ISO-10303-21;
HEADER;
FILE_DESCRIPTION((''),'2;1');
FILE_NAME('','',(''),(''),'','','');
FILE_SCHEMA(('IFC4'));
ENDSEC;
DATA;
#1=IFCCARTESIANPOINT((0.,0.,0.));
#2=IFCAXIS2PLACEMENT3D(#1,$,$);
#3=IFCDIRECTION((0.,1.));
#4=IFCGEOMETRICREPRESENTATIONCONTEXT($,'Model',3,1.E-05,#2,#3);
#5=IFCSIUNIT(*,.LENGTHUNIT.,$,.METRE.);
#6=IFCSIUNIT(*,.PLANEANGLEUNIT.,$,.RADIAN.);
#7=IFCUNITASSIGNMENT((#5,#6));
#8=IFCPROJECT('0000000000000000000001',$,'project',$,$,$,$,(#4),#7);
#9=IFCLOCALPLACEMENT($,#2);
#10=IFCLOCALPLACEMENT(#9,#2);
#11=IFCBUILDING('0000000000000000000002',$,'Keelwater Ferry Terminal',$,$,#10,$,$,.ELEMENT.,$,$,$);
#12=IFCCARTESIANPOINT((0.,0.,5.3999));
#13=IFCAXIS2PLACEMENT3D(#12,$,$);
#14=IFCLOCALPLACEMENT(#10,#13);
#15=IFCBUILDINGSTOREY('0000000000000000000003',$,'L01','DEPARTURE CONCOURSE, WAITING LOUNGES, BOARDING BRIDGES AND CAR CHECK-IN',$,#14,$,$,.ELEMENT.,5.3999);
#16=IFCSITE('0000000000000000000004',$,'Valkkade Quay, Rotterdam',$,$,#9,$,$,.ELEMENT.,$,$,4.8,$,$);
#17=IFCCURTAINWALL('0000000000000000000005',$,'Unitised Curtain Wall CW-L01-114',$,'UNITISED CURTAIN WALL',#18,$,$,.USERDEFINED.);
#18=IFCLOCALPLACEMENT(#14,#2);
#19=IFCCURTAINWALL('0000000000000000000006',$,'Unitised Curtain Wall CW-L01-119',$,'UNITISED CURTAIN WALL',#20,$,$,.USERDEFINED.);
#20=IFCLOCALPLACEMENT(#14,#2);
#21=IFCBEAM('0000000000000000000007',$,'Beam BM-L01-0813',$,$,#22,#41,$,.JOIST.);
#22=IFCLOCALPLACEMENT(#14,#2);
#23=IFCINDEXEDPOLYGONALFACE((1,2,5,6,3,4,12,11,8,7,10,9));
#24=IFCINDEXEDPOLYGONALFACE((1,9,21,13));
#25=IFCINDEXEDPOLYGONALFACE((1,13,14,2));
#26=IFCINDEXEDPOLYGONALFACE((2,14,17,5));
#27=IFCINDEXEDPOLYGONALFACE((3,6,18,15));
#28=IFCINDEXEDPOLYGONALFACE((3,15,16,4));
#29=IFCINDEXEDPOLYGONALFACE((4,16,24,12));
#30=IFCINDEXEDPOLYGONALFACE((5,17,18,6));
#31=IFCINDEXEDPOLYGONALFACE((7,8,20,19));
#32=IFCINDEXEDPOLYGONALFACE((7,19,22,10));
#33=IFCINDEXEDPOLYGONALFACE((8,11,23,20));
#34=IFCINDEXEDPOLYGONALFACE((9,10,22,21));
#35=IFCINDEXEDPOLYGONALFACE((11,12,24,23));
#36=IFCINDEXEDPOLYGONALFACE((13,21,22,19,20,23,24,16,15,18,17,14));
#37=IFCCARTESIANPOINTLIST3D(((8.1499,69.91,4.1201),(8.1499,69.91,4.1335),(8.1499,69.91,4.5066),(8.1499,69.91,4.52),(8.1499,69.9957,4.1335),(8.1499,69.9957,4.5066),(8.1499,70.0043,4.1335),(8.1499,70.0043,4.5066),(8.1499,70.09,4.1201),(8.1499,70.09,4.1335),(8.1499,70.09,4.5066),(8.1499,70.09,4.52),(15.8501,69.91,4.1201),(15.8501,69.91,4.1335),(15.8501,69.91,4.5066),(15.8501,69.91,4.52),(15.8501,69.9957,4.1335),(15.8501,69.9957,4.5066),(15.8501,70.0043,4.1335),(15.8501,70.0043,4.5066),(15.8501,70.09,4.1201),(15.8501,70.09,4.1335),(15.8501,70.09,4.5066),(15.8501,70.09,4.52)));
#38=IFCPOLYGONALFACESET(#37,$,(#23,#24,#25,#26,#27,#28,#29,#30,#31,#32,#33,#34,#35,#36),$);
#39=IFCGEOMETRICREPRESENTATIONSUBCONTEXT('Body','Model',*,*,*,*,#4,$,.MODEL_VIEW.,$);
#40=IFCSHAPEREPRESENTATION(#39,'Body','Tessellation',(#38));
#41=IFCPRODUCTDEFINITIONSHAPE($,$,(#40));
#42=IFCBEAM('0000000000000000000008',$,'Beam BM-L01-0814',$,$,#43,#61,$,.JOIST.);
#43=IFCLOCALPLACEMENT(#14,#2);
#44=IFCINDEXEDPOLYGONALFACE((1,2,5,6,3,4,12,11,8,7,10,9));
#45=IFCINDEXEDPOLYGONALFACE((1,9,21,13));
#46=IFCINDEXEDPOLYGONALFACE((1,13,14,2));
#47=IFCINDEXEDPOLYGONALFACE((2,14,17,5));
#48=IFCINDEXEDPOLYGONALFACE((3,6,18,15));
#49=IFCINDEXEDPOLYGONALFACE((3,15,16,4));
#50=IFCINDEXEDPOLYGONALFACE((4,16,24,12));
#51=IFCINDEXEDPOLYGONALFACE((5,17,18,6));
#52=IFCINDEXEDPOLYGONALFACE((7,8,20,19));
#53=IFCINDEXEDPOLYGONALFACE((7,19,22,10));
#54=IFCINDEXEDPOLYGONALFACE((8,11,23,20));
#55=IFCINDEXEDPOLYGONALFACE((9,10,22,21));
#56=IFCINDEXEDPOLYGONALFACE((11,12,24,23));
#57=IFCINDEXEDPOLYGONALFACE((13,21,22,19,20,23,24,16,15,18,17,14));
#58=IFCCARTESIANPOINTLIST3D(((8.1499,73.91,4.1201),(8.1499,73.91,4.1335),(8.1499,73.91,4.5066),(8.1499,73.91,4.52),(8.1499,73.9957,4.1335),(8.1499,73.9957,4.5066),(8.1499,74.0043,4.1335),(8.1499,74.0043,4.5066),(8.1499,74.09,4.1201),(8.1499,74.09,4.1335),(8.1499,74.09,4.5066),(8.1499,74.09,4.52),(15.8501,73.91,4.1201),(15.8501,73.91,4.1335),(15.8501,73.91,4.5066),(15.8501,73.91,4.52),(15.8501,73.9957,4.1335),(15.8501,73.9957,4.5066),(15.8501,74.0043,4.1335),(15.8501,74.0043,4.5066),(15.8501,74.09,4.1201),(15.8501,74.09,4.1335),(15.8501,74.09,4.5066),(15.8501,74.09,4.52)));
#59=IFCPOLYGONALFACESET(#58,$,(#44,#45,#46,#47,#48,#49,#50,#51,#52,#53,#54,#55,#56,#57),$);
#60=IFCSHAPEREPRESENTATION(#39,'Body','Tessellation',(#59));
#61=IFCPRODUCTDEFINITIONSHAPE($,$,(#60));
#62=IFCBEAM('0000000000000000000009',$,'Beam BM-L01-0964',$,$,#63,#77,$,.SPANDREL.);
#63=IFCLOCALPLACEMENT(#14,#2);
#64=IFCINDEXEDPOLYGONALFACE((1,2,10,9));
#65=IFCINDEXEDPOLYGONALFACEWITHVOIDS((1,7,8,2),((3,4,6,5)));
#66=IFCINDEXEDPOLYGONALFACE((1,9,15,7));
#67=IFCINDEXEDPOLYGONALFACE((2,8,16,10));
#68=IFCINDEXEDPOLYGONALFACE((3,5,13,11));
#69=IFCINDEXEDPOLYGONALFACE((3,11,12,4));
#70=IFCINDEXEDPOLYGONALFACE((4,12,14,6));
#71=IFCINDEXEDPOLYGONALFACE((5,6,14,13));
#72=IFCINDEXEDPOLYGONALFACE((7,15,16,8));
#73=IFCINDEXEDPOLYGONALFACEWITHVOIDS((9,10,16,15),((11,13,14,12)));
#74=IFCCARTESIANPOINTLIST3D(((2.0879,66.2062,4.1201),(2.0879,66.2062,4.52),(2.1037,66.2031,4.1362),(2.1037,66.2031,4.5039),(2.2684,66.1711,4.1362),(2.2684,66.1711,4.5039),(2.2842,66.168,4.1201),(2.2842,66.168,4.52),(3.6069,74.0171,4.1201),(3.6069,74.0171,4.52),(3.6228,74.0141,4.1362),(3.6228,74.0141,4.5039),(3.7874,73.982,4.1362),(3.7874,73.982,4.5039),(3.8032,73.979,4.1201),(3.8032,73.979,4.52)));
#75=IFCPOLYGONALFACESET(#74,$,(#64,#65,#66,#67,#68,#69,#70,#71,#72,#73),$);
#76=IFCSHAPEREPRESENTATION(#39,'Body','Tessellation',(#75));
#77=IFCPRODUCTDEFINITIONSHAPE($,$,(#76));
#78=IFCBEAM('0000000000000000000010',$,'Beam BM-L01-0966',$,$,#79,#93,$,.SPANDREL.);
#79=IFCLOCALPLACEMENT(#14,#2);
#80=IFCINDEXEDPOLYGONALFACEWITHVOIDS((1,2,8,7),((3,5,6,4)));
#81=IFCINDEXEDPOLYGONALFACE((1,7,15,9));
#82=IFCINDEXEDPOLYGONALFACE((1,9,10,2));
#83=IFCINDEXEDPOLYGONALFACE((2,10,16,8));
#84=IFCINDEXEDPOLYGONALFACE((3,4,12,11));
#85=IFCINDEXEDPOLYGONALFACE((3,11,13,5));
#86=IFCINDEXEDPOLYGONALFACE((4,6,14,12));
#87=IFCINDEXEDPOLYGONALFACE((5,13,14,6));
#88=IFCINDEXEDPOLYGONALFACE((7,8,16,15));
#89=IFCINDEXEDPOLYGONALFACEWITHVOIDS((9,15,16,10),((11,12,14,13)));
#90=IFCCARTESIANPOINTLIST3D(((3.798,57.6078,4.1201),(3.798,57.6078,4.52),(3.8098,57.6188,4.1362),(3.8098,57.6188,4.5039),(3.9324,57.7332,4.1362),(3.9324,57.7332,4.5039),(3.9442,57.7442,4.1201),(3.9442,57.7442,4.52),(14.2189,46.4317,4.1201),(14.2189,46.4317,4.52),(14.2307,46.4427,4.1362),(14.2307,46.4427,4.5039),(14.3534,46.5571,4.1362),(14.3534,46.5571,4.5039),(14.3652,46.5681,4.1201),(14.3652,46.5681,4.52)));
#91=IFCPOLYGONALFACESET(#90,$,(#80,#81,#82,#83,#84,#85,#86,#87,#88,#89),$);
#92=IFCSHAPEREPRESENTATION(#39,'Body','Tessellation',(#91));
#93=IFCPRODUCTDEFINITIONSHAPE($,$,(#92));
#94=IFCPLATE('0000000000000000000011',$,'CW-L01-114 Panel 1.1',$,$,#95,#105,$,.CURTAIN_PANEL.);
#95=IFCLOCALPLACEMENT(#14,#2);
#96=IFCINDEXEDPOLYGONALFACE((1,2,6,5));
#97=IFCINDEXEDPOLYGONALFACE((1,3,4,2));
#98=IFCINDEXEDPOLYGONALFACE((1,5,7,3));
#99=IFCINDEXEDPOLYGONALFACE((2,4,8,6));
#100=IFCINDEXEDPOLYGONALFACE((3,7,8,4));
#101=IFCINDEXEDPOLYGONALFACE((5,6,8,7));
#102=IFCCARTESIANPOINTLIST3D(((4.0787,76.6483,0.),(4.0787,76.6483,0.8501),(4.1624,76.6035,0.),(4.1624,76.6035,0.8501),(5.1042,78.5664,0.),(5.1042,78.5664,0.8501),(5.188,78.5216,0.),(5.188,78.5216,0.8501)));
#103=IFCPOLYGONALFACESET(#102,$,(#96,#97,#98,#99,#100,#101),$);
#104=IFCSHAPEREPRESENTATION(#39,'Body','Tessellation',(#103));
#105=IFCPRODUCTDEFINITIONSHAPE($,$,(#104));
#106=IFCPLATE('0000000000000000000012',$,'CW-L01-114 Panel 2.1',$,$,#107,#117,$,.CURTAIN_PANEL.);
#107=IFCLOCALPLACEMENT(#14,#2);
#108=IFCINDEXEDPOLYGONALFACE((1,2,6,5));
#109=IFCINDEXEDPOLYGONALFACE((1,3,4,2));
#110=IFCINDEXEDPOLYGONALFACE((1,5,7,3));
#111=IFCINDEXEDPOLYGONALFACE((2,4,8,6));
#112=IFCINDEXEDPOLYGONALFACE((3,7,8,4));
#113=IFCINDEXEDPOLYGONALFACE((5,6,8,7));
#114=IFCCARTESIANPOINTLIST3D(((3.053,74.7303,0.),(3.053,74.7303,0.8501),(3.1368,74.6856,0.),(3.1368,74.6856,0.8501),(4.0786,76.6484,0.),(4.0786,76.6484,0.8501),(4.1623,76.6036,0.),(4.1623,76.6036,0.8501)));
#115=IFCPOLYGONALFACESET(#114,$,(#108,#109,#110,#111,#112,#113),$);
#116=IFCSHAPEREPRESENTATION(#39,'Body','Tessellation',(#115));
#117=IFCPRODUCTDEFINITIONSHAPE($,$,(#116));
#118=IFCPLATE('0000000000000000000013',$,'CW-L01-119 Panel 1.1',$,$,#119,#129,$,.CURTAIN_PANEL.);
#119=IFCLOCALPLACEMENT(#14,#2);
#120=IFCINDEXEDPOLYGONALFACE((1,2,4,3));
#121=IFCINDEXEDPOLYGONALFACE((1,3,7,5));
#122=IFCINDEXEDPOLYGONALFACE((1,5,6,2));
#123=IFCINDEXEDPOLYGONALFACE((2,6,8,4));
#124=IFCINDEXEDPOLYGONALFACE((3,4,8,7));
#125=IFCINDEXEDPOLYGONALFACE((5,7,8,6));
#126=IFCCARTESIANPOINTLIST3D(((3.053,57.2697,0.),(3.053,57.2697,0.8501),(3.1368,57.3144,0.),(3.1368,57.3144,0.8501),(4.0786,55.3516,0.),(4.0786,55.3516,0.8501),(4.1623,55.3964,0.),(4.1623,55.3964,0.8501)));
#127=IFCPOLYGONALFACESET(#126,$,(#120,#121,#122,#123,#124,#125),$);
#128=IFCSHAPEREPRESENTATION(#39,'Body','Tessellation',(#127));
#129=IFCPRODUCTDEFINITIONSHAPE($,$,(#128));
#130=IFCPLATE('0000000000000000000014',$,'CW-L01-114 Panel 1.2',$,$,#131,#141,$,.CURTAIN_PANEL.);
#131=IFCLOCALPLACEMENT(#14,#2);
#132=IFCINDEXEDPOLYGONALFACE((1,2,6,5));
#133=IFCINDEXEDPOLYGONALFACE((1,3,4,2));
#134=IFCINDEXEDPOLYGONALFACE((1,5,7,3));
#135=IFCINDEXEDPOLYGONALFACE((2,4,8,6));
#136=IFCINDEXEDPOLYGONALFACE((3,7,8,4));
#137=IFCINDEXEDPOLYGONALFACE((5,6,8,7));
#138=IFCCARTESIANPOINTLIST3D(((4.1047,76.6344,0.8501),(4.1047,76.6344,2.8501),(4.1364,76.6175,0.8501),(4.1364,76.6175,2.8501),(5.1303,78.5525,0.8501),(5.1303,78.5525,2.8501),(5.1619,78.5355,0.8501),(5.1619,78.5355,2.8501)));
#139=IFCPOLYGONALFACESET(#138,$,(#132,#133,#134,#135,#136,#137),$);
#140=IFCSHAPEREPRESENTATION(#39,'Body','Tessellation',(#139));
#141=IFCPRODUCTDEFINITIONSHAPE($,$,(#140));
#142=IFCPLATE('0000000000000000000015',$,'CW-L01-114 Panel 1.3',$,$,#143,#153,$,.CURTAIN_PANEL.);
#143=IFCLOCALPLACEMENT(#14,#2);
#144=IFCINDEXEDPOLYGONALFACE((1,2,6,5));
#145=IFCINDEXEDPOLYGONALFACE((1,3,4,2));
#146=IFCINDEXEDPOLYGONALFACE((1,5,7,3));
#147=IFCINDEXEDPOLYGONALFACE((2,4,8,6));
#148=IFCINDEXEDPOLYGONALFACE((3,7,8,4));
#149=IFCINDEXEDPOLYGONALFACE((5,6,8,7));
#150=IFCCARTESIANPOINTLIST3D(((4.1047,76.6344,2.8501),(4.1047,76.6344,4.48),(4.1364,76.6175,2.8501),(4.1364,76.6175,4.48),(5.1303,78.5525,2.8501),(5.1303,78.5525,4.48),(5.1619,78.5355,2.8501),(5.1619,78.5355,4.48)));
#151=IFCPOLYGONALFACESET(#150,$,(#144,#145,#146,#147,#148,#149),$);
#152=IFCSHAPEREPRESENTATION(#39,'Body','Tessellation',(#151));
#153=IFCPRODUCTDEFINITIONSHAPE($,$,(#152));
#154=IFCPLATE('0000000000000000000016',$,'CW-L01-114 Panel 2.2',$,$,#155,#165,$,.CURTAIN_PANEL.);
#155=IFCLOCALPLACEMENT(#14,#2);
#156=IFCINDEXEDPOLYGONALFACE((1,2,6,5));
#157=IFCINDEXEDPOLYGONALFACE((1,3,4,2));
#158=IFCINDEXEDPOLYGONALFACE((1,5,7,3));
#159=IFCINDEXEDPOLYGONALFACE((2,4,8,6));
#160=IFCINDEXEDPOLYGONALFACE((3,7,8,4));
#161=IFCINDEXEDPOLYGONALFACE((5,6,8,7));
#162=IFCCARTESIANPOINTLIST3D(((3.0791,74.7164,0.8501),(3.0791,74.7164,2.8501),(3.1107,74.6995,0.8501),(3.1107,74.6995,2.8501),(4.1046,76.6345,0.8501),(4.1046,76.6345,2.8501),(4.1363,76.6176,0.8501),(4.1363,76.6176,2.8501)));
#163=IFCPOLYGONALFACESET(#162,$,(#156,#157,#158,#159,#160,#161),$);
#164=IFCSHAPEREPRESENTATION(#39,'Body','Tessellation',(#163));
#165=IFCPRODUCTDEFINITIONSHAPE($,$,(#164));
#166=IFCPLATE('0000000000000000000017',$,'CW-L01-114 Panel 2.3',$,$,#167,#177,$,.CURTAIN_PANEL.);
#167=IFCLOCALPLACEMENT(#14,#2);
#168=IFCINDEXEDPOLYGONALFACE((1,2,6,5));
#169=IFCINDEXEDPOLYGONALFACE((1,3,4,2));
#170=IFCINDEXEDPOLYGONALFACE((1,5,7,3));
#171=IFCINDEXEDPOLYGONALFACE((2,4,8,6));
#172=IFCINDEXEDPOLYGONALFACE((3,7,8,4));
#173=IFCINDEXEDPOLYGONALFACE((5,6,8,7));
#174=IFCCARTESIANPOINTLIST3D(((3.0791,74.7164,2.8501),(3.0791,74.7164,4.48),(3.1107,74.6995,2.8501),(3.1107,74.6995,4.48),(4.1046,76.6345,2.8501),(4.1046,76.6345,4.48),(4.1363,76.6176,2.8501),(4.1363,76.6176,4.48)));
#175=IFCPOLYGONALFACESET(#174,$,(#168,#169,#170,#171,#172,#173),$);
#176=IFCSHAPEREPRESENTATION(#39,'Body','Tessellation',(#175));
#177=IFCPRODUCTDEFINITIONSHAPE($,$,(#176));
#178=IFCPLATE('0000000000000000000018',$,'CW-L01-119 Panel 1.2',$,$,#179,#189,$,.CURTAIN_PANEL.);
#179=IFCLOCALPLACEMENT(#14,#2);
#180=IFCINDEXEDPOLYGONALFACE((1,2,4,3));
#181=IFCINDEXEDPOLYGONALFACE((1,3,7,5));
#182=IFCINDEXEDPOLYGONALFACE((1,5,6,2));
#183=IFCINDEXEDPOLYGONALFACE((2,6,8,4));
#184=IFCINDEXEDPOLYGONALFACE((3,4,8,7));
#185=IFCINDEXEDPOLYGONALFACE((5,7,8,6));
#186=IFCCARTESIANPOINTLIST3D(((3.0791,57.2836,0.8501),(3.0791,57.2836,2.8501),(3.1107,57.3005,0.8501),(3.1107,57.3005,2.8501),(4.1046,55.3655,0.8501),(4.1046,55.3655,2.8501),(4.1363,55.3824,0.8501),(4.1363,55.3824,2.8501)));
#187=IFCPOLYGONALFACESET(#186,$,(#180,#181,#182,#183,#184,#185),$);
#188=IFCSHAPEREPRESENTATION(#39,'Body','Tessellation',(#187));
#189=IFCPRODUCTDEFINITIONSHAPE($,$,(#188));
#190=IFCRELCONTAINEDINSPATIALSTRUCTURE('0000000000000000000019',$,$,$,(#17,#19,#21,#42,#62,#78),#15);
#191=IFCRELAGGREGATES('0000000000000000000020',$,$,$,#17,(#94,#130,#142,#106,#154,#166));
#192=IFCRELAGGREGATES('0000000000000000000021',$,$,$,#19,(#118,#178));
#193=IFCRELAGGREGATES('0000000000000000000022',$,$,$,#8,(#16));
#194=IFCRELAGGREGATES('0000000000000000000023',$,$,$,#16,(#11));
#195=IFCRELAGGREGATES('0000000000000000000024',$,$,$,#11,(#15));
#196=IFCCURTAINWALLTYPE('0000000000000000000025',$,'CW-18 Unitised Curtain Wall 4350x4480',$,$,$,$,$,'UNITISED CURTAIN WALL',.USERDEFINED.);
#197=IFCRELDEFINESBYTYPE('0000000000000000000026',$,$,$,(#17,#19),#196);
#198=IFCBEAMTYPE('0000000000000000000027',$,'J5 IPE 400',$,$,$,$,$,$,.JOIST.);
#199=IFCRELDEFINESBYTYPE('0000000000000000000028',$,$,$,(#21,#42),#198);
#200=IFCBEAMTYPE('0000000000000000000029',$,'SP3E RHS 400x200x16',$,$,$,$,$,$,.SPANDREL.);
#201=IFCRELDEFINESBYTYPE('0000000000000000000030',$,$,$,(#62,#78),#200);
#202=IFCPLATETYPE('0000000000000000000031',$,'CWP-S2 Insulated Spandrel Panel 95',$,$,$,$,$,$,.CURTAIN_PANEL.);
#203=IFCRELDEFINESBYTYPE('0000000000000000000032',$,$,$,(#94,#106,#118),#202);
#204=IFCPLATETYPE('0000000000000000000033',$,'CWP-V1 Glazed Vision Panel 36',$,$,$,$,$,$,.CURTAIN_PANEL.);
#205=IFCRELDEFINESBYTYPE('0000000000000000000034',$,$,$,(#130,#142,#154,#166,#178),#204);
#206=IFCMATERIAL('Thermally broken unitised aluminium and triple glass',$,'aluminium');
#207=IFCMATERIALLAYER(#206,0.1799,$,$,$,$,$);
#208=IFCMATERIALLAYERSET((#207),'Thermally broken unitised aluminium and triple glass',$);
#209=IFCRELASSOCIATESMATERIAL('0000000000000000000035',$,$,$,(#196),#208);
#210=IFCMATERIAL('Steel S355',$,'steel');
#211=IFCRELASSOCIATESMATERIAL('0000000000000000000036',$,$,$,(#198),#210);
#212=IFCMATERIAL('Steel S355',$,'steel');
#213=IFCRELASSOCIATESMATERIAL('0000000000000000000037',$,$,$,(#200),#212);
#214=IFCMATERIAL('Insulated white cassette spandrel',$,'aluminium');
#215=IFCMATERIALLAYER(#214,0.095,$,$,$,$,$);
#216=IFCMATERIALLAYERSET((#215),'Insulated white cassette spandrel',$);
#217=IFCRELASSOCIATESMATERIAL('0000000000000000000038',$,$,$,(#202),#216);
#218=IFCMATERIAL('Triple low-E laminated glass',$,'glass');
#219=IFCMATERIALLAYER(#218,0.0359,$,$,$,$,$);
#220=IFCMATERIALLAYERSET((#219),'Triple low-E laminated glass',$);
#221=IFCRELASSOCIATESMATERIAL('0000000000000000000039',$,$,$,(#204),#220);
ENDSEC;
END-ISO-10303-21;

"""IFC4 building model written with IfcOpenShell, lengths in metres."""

from ifc_helpers import new_model, si_unit, direction, frame, origin, origin_2d, place, context, subcontext, project, spatial, rectangle, hollow_rectangle, i_section, extrude, material, layer, layer_set, material_profile, profile_set, type_object, element, aggregate, save


model = new_model("IFC4")

# Units and contexts
model_context = context("Model", 3, precision=1e-05, world=origin(), true_north=direction((0.0, 1.0)))
body_context = subcontext(model_context, "Body", "Model", "MODEL_VIEW")
ifc_project = project(units=[si_unit("LENGTHUNIT", "METRE"), si_unit("PLANEANGLEUNIT", "RADIAN")], contexts=[model_context])

# Site, building, storey
site_placement = place(None, origin())
site = spatial("IfcSite", under=ifc_project, at=site_placement, Name="Valkkade Quay, Rotterdam", CompositionType="ELEMENT", RefElevation=4.8)
building_placement = place(site_placement, origin())
building = spatial("IfcBuilding", under=site, at=building_placement, Name="Keelwater Ferry Terminal", CompositionType="ELEMENT")
storey_placement = place(building_placement, frame((0.0, 0.0, 5.3999)))
storey = spatial("IfcBuildingStorey", under=building, at=storey_placement, Name="L01", Description="DEPARTURE CONCOURSE, WAITING LOUNGES, BOARDING BRIDGES AND CAR CHECK-IN", CompositionType="ELEMENT", Elevation=5.3999)

# Curtain walls
ifc_material_1 = material(Name="Thermally broken unitised aluminium and triple glass", Category="aluminium")
ifc_layer_1 = layer(ifc_material_1, 0.1799)
ifc_layer_set_1 = layer_set([ifc_layer_1], Name="Thermally broken unitised aluminium and triple glass")
curtain_wall_type = type_object("IfcCurtainWallType", Name="CW-18 Unitised Curtain Wall 4350x4480", ElementType="UNITISED CURTAIN WALL", PredefinedType="USERDEFINED", material=ifc_layer_set_1)
curtain_wall_1_placement = place(storey_placement, origin())
curtain_wall_1 = element("IfcCurtainWall", 1, at=curtain_wall_1_placement, inside=storey, type_object=curtain_wall_type, Name="Unitised Curtain Wall CW-L01-114", ObjectType="UNITISED CURTAIN WALL", PredefinedType="USERDEFINED")
curtain_wall_2_placement = place(storey_placement, origin())
curtain_wall_2 = element("IfcCurtainWall", 2, at=curtain_wall_2_placement, inside=storey, type_object=curtain_wall_type, Name="Unitised Curtain Wall CW-L01-119", ObjectType="UNITISED CURTAIN WALL", PredefinedType="USERDEFINED")

# Beams
ifc_material_2 = material(Name="Steel S355", Category="steel")
ifc_material_profile_1 = material_profile(ifc_material_2, i_section(OverallWidth=0.1799, OverallDepth=0.3999, WebThickness=0.0085, FlangeThickness=0.0134, at=origin_2d()), Name="IPE 400")
ifc_profile_set_1 = profile_set([ifc_material_profile_1], Name="Steel S355")
beam_type_1 = type_object("IfcBeamType", Name="J5 IPE 400", PredefinedType="JOIST", material=ifc_profile_set_1)
for number, where, z_axis, x_axis, name in (
    (3, (8.1499, 70.0, 4.3201), (1.0, 0.0, 0.0), (0.0, 1.0, 0.0), "Beam BM-L01-0813"),
    (4, (8.1499, 74.0, 4.3201), (1.0, 0.0, 0.0), (0.0, 1.0, 0.0), "Beam BM-L01-0814"),
):
    element("IfcBeam", number, at=place(storey_placement, frame(where, z_axis=z_axis, x_axis=x_axis)), inside=storey, type_object=beam_type_1, Name=name, PredefinedType="JOIST", context=body_context, shape_type="SweptSolid", body=[
        extrude(i_section(OverallWidth=0.1799, OverallDepth=0.3999, WebThickness=0.0085, FlangeThickness=0.0134, at=origin_2d()), origin(), (0.0, 0.0, 1.0), 7.7002),
    ])
ifc_material_3 = material(Name="Steel S355", Category="steel")
ifc_material_profile_2 = material_profile(ifc_material_3, hollow_rectangle(XDim=0.2, YDim=0.3999, WallThickness=0.0161, at=origin_2d()), Name="RHS 400x200x16")
ifc_profile_set_2 = profile_set([ifc_material_profile_2], Name="Steel S355")
beam_type_2 = type_object("IfcBeamType", Name="SP3E RHS 400x200x16", PredefinedType="SPANDREL", material=ifc_profile_set_2)
beam_1_placement = place(storey_placement, frame((3.7051, 73.998, 4.3201), z_axis=(-0.190898, -0.98161, 0.0), x_axis=(0.98161, -0.190898, 0.0)))
element("IfcBeam", 5, at=beam_1_placement, inside=storey, type_object=beam_type_2, Name="Beam BM-L01-0964", PredefinedType="SPANDREL", context=body_context, shape_type="SweptSolid", body=[
    extrude(hollow_rectangle(XDim=0.2, YDim=0.3999, WallThickness=0.0161, at=origin_2d()), origin(), (0.0, 0.0, 1.0), 7.9573),
])
beam_2_placement = place(storey_placement, frame((3.8711, 57.676, 4.3201), z_axis=(0.681966, -0.731384, 0.0), x_axis=(0.731384, 0.681966, 0.0)))
element("IfcBeam", 6, at=beam_2_placement, inside=storey, type_object=beam_type_2, Name="Beam BM-L01-0966", PredefinedType="SPANDREL", context=body_context, shape_type="SweptSolid", body=[
    extrude(hollow_rectangle(XDim=0.2, YDim=0.3999, WallThickness=0.0161, at=origin_2d()), origin(), (0.0, 0.0, 1.0), 15.2808),
])

# Plates
ifc_material_4 = material(Name="Insulated white cassette spandrel", Category="aluminium")
ifc_layer_2 = layer(ifc_material_4, 0.095)
ifc_layer_set_2 = layer_set([ifc_layer_2], Name="Insulated white cassette spandrel")
plate_type_1 = type_object("IfcPlateType", Name="CWP-S2 Insulated Spandrel Panel 95", PredefinedType="CURTAIN_PANEL", material=ifc_layer_set_2)
plate_1_placement = place(storey_placement, frame((4.6333, 77.585, 0.0), z_axis=(0.0, 0.0, 1.0), x_axis=(-0.471507, -0.881862, 0.0)))
plate_1 = element("IfcPlate", 7, at=plate_1_placement, type_object=plate_type_1, Name="CW-L01-114 Panel 1.1", PredefinedType="CURTAIN_PANEL", context=body_context, shape_type="SweptSolid", body=[
    extrude(rectangle(XDim=2.175, YDim=0.095, at=origin_2d()), origin(), (0.0, 0.0, 1.0), 0.8501),
])
plate_2_placement = place(storey_placement, frame((3.6077, 75.667, 0.0), z_axis=(0.0, 0.0, 1.0), x_axis=(-0.471507, -0.881862, 0.0)))
plate_2 = element("IfcPlate", 8, at=plate_2_placement, type_object=plate_type_1, Name="CW-L01-114 Panel 2.1", PredefinedType="CURTAIN_PANEL", context=body_context, shape_type="SweptSolid", body=[
    extrude(rectangle(XDim=2.175, YDim=0.095, at=origin_2d()), origin(), (0.0, 0.0, 1.0), 0.8501),
])
plate_3_placement = place(storey_placement, frame((3.6077, 56.333, 0.0), z_axis=(0.0, 0.0, 1.0), x_axis=(0.471507, -0.881862, 0.0)))
plate_3 = element("IfcPlate", 9, at=plate_3_placement, type_object=plate_type_1, Name="CW-L01-119 Panel 1.1", PredefinedType="CURTAIN_PANEL", context=body_context, shape_type="SweptSolid", body=[
    extrude(rectangle(XDim=2.175, YDim=0.095, at=origin_2d()), origin(), (0.0, 0.0, 1.0), 0.8501),
])
ifc_material_5 = material(Name="Triple low-E laminated glass", Category="glass")
ifc_layer_3 = layer(ifc_material_5, 0.0359)
ifc_layer_set_3 = layer_set([ifc_layer_3], Name="Triple low-E laminated glass")
plate_type_2 = type_object("IfcPlateType", Name="CWP-V1 Glazed Vision Panel 36", PredefinedType="CURTAIN_PANEL", material=ifc_layer_set_3)
plate_4_placement = place(storey_placement, frame((4.6333, 77.585, 0.8501), z_axis=(0.0, 0.0, 1.0), x_axis=(-0.471507, -0.881862, 0.0)))
plate_4 = element("IfcPlate", 10, at=plate_4_placement, type_object=plate_type_2, Name="CW-L01-114 Panel 1.2", PredefinedType="CURTAIN_PANEL", context=body_context, shape_type="SweptSolid", body=[
    extrude(rectangle(XDim=2.175, YDim=0.0359, at=origin_2d()), origin(), (0.0, 0.0, 1.0), 2.0),
])
plate_5_placement = place(storey_placement, frame((4.6333, 77.585, 2.8501), z_axis=(0.0, 0.0, 1.0), x_axis=(-0.471507, -0.881862, 0.0)))
plate_5 = element("IfcPlate", 11, at=plate_5_placement, type_object=plate_type_2, Name="CW-L01-114 Panel 1.3", PredefinedType="CURTAIN_PANEL", context=body_context, shape_type="SweptSolid", body=[
    extrude(rectangle(XDim=2.175, YDim=0.0359, at=origin_2d()), origin(), (0.0, 0.0, 1.0), 1.6299),
])
plate_6_placement = place(storey_placement, frame((3.6077, 75.667, 0.8501), z_axis=(0.0, 0.0, 1.0), x_axis=(-0.471507, -0.881862, 0.0)))
plate_6 = element("IfcPlate", 12, at=plate_6_placement, type_object=plate_type_2, Name="CW-L01-114 Panel 2.2", PredefinedType="CURTAIN_PANEL", context=body_context, shape_type="SweptSolid", body=[
    extrude(rectangle(XDim=2.175, YDim=0.0359, at=origin_2d()), origin(), (0.0, 0.0, 1.0), 2.0),
])
plate_7_placement = place(storey_placement, frame((3.6077, 75.667, 2.8501), z_axis=(0.0, 0.0, 1.0), x_axis=(-0.471507, -0.881862, 0.0)))
plate_7 = element("IfcPlate", 13, at=plate_7_placement, type_object=plate_type_2, Name="CW-L01-114 Panel 2.3", PredefinedType="CURTAIN_PANEL", context=body_context, shape_type="SweptSolid", body=[
    extrude(rectangle(XDim=2.175, YDim=0.0359, at=origin_2d()), origin(), (0.0, 0.0, 1.0), 1.6299),
])
aggregate(curtain_wall_1, [plate_1, plate_4, plate_5, plate_2, plate_6, plate_7])
plate_8_placement = place(storey_placement, frame((3.6077, 56.333, 0.8501), z_axis=(0.0, 0.0, 1.0), x_axis=(0.471507, -0.881862, 0.0)))
plate_8 = element("IfcPlate", 14, at=plate_8_placement, type_object=plate_type_2, Name="CW-L01-119 Panel 1.2", PredefinedType="CURTAIN_PANEL", context=body_context, shape_type="SweptSolid", body=[
    extrude(rectangle(XDim=2.175, YDim=0.0359, at=origin_2d()), origin(), (0.0, 0.0, 1.0), 2.0),
])
aggregate(curtain_wall_2, [plate_3, plate_8])

save(model, "model.ifc")
